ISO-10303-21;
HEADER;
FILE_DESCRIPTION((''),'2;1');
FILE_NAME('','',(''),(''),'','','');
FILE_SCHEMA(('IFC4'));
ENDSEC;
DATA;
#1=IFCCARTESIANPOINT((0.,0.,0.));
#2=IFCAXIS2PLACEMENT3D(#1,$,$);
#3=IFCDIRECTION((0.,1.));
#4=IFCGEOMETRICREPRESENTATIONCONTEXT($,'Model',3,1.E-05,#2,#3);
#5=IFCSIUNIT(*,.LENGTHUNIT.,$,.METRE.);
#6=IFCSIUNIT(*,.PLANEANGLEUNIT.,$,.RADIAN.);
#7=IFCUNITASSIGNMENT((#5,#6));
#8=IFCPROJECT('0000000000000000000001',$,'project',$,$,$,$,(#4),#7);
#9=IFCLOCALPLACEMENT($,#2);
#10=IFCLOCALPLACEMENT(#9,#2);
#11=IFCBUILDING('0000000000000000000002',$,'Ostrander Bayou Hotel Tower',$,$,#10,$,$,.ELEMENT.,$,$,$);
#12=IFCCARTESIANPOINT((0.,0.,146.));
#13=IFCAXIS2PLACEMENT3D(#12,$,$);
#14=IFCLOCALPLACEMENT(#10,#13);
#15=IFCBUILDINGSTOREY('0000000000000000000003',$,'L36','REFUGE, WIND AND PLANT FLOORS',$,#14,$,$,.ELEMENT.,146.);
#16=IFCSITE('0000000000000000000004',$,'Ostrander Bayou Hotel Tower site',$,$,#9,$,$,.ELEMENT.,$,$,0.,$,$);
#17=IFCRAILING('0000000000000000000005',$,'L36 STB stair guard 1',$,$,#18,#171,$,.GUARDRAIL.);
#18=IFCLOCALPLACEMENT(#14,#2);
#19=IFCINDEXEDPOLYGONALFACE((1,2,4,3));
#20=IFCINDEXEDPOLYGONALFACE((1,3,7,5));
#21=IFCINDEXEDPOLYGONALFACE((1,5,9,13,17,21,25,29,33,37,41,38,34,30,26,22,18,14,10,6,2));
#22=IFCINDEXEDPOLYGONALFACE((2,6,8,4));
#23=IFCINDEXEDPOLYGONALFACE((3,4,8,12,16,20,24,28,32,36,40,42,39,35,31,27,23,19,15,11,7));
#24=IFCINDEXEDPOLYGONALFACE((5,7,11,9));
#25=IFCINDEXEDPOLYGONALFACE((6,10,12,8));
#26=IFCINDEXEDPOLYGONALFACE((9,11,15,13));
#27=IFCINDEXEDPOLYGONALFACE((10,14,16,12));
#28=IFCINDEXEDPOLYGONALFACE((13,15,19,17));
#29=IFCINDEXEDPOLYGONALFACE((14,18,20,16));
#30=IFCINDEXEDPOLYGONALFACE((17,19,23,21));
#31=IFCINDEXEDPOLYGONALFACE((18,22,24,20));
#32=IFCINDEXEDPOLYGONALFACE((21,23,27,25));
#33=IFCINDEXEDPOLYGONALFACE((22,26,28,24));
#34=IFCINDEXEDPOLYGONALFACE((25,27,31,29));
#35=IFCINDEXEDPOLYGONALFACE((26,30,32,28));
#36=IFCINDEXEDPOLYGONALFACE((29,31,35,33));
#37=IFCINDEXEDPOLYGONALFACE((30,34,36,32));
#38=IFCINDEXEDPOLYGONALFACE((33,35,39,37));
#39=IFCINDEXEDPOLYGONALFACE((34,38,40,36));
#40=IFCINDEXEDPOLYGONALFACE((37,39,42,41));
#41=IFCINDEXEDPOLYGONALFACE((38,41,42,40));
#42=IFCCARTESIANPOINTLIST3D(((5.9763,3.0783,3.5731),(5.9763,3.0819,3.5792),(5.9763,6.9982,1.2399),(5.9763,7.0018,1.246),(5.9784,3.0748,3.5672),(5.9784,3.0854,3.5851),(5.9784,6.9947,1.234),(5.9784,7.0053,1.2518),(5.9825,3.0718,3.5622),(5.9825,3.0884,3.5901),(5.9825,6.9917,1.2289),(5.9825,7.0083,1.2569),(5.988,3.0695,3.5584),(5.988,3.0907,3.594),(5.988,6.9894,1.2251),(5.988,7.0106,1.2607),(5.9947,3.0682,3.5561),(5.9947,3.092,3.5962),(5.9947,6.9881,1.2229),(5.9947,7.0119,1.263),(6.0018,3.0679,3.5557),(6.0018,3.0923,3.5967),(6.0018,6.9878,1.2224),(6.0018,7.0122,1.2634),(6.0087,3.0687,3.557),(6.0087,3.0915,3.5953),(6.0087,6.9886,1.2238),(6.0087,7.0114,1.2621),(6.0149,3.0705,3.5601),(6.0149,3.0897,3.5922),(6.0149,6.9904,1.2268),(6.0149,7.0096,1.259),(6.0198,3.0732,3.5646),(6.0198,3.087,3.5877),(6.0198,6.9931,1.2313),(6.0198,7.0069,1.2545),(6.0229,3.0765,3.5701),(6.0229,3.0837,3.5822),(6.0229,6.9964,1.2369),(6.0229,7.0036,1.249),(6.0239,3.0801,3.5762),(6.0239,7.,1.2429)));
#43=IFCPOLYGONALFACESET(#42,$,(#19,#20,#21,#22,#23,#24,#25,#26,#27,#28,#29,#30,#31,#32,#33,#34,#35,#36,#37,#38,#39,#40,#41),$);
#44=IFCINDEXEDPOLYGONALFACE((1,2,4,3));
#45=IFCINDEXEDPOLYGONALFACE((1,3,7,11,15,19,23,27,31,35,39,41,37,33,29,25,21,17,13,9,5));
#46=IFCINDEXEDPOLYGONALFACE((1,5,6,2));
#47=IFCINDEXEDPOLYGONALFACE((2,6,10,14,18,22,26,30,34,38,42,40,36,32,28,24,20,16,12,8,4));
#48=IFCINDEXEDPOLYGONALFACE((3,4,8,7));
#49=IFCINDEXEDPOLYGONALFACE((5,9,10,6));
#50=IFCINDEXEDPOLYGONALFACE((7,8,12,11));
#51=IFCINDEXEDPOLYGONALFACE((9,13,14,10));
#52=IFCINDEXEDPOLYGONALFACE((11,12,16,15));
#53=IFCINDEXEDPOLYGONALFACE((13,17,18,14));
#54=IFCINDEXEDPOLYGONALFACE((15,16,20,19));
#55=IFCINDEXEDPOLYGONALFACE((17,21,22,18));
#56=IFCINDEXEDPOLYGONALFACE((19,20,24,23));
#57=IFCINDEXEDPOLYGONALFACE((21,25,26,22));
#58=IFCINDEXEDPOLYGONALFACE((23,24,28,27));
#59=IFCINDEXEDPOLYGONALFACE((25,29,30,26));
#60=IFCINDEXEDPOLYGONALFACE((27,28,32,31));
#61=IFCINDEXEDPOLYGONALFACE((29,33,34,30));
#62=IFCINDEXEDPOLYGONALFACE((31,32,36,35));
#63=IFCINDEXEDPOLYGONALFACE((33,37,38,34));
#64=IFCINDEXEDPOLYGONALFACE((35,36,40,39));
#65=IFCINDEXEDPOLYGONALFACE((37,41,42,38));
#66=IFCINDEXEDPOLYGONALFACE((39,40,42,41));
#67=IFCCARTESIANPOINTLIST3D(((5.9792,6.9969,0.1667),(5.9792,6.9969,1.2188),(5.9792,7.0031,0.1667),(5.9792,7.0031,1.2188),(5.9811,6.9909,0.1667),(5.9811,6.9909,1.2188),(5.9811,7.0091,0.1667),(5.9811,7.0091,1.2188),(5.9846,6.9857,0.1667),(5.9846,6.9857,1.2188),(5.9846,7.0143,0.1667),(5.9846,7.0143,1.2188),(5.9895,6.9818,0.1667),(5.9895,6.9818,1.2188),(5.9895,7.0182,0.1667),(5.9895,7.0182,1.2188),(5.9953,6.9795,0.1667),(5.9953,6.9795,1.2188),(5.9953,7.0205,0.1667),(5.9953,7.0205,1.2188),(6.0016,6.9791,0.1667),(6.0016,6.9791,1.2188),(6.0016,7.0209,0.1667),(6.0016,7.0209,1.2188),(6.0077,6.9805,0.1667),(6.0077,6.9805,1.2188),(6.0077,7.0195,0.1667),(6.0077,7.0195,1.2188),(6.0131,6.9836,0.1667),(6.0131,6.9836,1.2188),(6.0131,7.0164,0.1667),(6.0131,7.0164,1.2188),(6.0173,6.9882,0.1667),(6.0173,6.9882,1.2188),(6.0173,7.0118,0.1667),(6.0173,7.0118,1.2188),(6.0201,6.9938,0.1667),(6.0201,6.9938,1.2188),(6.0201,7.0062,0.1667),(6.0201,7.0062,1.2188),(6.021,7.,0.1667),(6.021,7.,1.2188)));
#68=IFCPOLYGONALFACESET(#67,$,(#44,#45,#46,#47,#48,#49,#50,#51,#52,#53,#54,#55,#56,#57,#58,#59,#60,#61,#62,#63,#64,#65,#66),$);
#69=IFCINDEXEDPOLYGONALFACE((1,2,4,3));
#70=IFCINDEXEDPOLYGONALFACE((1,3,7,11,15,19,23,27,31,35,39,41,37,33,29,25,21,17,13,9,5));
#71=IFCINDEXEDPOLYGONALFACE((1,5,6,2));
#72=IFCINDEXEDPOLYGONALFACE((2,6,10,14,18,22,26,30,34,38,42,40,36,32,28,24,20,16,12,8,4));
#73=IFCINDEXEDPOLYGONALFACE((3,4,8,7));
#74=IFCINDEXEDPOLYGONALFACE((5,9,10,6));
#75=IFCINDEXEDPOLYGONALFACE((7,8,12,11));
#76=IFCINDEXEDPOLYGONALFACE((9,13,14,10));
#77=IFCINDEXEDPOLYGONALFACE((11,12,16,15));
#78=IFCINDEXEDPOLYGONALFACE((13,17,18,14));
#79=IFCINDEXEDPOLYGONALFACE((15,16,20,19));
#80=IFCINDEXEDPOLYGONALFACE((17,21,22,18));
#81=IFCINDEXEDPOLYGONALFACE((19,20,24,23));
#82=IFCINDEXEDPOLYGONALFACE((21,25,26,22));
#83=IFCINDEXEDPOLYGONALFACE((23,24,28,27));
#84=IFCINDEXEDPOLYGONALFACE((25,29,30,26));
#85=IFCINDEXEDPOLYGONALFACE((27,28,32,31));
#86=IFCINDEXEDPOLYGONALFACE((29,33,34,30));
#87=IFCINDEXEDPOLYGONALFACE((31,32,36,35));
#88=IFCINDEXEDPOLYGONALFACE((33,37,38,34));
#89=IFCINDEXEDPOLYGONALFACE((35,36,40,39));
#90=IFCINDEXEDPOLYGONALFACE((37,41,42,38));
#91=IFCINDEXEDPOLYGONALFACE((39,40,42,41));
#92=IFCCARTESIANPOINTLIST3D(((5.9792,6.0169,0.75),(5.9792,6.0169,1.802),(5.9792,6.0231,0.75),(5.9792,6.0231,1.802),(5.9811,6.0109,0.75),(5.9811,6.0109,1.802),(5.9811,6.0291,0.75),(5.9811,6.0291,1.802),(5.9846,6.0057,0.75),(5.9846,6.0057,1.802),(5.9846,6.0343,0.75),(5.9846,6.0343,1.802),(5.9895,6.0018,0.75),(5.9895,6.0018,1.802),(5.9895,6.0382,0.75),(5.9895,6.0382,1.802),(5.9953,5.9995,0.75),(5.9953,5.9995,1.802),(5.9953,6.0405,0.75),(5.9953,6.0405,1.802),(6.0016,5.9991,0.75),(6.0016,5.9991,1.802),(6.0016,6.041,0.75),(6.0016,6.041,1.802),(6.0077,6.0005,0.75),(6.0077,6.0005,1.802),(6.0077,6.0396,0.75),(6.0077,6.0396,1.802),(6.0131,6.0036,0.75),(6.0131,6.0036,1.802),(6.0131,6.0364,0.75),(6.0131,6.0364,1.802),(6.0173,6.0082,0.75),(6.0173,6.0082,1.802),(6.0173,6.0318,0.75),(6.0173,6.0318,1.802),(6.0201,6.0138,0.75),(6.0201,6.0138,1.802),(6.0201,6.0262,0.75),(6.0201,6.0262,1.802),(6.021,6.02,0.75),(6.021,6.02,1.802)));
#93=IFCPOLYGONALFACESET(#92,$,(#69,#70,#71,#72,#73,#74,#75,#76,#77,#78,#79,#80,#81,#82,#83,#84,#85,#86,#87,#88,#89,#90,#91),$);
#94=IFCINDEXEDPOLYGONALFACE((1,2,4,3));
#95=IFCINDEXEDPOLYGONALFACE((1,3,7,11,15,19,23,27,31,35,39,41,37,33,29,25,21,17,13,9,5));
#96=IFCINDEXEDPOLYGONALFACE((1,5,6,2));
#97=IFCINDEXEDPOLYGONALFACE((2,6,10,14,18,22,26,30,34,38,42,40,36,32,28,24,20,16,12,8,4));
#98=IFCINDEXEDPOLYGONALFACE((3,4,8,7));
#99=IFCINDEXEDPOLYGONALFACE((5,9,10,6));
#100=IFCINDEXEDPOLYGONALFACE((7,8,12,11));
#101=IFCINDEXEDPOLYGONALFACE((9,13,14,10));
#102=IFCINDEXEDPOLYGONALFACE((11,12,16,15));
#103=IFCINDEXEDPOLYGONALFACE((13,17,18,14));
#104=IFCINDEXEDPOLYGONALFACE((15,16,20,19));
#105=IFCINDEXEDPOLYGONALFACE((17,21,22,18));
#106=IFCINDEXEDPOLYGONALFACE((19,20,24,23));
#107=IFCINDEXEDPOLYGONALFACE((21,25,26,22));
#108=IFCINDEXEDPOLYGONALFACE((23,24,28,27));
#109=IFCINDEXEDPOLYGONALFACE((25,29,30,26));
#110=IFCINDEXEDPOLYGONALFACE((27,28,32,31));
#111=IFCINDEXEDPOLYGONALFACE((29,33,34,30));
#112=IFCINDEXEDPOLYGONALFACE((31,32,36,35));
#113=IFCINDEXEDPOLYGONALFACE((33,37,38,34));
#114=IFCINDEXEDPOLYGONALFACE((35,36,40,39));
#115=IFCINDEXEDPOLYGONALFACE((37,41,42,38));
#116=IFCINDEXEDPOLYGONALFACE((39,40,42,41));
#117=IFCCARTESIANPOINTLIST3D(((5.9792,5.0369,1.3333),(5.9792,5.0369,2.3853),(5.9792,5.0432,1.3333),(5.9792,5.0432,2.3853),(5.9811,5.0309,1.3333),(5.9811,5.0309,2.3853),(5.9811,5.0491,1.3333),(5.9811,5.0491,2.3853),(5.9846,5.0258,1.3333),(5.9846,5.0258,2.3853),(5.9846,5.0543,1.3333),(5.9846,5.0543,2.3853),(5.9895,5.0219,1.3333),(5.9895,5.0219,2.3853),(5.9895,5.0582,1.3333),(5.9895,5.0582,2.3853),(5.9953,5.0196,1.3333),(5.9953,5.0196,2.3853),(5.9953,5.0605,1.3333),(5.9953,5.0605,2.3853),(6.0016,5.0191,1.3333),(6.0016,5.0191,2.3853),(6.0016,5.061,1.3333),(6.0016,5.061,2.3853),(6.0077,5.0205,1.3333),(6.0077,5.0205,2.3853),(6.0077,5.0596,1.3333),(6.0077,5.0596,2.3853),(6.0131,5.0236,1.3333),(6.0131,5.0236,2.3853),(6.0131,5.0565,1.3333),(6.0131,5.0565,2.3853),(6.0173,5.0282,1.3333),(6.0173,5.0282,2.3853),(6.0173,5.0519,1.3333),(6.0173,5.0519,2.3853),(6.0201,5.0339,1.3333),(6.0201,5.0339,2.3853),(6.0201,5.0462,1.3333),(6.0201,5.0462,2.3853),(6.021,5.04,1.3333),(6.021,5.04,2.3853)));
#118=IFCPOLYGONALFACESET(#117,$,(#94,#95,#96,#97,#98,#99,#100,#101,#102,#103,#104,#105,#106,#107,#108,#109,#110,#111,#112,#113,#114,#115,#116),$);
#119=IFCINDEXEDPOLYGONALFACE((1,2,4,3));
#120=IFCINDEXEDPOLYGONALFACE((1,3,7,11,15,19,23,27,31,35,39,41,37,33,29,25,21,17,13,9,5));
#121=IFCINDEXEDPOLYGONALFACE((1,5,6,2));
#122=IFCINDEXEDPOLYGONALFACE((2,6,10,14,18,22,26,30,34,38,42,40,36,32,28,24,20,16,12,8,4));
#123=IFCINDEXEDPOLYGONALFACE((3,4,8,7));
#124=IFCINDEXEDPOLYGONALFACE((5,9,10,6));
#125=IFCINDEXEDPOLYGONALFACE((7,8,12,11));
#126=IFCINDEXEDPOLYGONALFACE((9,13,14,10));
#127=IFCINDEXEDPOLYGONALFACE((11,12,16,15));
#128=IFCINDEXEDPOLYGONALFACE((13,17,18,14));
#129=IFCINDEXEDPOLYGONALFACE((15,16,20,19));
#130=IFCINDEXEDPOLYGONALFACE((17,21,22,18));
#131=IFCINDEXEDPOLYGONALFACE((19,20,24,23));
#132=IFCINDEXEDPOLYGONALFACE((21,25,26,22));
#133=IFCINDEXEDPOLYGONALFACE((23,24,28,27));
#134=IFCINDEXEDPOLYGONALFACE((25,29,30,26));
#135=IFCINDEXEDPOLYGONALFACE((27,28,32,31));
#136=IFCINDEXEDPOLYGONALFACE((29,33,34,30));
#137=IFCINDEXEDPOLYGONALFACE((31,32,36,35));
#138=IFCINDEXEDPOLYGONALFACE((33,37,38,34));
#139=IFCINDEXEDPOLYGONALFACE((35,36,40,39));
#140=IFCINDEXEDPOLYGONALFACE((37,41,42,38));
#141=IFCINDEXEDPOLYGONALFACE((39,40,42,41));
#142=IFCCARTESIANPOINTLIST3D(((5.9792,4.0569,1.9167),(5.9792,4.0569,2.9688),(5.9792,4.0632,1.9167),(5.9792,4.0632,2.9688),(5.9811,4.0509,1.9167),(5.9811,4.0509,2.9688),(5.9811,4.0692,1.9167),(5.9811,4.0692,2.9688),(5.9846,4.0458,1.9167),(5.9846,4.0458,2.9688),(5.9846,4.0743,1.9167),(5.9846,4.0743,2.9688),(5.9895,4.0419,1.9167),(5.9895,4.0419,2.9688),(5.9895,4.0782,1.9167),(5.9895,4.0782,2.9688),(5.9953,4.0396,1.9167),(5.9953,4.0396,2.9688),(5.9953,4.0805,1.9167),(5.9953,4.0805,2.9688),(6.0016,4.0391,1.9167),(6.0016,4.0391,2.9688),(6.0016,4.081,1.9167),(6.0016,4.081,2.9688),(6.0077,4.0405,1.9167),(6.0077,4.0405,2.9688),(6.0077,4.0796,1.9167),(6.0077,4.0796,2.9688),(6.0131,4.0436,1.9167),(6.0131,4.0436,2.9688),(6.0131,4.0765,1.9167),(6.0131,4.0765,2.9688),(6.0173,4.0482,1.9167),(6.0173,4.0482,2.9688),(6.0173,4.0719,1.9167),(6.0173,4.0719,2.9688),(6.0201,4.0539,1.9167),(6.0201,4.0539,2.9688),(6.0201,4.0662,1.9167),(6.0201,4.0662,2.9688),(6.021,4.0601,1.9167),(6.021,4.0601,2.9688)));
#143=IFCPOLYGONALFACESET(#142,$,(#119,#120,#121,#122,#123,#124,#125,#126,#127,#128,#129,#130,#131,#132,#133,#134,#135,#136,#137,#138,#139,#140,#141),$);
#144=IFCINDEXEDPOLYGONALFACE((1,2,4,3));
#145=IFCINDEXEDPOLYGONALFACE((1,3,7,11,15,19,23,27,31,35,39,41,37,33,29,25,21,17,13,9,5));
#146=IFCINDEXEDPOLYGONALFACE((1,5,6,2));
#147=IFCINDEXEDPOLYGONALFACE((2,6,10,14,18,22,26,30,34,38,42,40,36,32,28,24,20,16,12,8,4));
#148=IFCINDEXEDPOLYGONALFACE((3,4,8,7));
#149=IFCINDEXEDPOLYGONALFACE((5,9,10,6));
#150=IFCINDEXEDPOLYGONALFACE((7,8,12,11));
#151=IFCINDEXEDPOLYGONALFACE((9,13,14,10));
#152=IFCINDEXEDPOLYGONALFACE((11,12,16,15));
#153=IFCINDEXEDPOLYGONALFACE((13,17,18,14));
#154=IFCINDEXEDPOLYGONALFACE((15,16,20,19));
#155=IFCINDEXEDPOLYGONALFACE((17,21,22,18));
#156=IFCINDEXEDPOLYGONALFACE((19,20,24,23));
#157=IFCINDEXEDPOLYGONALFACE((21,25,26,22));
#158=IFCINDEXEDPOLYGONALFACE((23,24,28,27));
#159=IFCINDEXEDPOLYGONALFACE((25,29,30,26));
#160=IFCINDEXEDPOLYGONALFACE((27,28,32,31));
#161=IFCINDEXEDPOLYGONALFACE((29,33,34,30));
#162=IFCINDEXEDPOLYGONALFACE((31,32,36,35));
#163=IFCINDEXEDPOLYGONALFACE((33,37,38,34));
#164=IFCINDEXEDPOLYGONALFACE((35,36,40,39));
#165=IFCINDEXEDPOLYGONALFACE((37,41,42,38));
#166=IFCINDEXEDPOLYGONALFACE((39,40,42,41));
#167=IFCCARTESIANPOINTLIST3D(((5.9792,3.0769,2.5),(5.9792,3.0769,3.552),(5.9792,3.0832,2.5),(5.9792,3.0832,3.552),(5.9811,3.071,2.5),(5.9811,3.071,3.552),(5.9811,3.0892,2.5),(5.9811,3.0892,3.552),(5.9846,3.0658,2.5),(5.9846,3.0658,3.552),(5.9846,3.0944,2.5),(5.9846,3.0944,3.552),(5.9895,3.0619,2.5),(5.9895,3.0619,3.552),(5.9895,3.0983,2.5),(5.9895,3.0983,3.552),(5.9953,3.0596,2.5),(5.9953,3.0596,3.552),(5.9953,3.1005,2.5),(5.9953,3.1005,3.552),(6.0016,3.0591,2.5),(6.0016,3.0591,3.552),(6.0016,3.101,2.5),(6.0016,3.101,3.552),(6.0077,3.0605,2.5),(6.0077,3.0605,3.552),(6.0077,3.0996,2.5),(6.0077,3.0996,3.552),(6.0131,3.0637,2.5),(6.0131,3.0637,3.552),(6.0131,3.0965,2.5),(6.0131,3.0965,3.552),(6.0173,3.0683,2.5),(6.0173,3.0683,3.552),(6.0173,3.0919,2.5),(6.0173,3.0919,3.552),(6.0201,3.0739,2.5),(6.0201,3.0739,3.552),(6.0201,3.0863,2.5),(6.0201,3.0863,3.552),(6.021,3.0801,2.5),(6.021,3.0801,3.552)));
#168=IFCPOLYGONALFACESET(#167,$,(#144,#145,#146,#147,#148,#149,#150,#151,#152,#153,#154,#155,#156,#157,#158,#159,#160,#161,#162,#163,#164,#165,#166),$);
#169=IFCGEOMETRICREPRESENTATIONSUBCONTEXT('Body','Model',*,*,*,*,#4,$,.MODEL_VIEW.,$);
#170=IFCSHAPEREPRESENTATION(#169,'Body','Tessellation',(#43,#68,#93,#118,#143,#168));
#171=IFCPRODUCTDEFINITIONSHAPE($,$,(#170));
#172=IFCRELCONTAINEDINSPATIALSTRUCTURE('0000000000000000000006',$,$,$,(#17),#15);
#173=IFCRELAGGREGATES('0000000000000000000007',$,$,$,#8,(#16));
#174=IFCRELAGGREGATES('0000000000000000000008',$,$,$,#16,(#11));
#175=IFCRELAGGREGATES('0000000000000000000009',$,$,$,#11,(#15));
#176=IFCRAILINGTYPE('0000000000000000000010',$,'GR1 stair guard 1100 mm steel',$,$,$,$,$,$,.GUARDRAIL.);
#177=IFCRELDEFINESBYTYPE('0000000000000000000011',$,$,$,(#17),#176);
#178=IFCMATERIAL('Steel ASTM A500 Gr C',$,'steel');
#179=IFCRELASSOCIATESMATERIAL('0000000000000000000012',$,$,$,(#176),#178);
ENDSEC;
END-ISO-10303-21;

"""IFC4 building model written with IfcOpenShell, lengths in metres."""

from ifc_helpers import new_model, si_unit, direction, frame, origin, origin_2d, place, context, subcontext, project, spatial, circle, extrude, material, type_object, element, save


model = new_model("IFC4")

# Units and contexts
model_context = context("Model", 3, precision=1e-05, world=origin(), true_north=direction((0.0, 1.0)))
body_context = subcontext(model_context, "Body", "Model", "MODEL_VIEW")
ifc_project = project(units=[si_unit("LENGTHUNIT", "METRE"), si_unit("PLANEANGLEUNIT", "RADIAN")], contexts=[model_context])

# Site, building, storey
site_placement = place(None, origin())
site = spatial("IfcSite", under=ifc_project, at=site_placement, Name="Ostrander Bayou Hotel Tower site", CompositionType="ELEMENT", RefElevation=0.0)
building_placement = place(site_placement, origin())
building = spatial("IfcBuilding", under=site, at=building_placement, Name="Ostrander Bayou Hotel Tower", CompositionType="ELEMENT")
storey_placement = place(building_placement, frame((0.0, 0.0, 146.0)))
storey = spatial("IfcBuildingStorey", under=building, at=storey_placement, Name="L36", Description="REFUGE, WIND AND PLANT FLOORS", CompositionType="ELEMENT", Elevation=146.0)

# Railing
ifc_material_1 = material(Name="Steel ASTM A500 Gr C", Category="steel")
railing_type_1 = type_object("IfcRailingType", Name="GR1 stair guard 1100 mm steel", PredefinedType="GUARDRAIL", material=ifc_material_1)
railing_1_placement = place(storey_placement, frame((6.0, 7.0, 0.1667)))
element("IfcRailing", 1, at=railing_1_placement, inside=storey, type_object=railing_type_1, Name="L36 STB stair guard 1", PredefinedType="GUARDRAIL", context=body_context, shape_type="SweptSolid", body=[
    extrude(circle(Radius=0.0239, at=origin_2d()), frame((0.0, 0.0, 1.0762), z_axis=(0.0, -0.859296, 0.511478), x_axis=(1.0, 0.0, 0.0)), (0.0, 0.0, 1.0), 4.5618),
    extrude(circle(Radius=0.021, at=origin_2d()), origin(), (0.0, 0.0, 1.0), 1.052),
    extrude(circle(Radius=0.021, at=origin_2d()), frame((0.0, -0.98, 0.5833)), (0.0, 0.0, 1.0), 1.052),
    extrude(circle(Radius=0.021, at=origin_2d()), frame((0.0, -1.96, 1.1665)), (0.0, 0.0, 1.0), 1.052),
    extrude(circle(Radius=0.021, at=origin_2d()), frame((0.0, -2.9399, 1.75)), (0.0, 0.0, 1.0), 1.052),
    extrude(circle(Radius=0.021, at=origin_2d()), frame((0.0, -3.9199, 2.3333)), (0.0, 0.0, 1.0), 1.052),
])

save(model, "model.ifc")
